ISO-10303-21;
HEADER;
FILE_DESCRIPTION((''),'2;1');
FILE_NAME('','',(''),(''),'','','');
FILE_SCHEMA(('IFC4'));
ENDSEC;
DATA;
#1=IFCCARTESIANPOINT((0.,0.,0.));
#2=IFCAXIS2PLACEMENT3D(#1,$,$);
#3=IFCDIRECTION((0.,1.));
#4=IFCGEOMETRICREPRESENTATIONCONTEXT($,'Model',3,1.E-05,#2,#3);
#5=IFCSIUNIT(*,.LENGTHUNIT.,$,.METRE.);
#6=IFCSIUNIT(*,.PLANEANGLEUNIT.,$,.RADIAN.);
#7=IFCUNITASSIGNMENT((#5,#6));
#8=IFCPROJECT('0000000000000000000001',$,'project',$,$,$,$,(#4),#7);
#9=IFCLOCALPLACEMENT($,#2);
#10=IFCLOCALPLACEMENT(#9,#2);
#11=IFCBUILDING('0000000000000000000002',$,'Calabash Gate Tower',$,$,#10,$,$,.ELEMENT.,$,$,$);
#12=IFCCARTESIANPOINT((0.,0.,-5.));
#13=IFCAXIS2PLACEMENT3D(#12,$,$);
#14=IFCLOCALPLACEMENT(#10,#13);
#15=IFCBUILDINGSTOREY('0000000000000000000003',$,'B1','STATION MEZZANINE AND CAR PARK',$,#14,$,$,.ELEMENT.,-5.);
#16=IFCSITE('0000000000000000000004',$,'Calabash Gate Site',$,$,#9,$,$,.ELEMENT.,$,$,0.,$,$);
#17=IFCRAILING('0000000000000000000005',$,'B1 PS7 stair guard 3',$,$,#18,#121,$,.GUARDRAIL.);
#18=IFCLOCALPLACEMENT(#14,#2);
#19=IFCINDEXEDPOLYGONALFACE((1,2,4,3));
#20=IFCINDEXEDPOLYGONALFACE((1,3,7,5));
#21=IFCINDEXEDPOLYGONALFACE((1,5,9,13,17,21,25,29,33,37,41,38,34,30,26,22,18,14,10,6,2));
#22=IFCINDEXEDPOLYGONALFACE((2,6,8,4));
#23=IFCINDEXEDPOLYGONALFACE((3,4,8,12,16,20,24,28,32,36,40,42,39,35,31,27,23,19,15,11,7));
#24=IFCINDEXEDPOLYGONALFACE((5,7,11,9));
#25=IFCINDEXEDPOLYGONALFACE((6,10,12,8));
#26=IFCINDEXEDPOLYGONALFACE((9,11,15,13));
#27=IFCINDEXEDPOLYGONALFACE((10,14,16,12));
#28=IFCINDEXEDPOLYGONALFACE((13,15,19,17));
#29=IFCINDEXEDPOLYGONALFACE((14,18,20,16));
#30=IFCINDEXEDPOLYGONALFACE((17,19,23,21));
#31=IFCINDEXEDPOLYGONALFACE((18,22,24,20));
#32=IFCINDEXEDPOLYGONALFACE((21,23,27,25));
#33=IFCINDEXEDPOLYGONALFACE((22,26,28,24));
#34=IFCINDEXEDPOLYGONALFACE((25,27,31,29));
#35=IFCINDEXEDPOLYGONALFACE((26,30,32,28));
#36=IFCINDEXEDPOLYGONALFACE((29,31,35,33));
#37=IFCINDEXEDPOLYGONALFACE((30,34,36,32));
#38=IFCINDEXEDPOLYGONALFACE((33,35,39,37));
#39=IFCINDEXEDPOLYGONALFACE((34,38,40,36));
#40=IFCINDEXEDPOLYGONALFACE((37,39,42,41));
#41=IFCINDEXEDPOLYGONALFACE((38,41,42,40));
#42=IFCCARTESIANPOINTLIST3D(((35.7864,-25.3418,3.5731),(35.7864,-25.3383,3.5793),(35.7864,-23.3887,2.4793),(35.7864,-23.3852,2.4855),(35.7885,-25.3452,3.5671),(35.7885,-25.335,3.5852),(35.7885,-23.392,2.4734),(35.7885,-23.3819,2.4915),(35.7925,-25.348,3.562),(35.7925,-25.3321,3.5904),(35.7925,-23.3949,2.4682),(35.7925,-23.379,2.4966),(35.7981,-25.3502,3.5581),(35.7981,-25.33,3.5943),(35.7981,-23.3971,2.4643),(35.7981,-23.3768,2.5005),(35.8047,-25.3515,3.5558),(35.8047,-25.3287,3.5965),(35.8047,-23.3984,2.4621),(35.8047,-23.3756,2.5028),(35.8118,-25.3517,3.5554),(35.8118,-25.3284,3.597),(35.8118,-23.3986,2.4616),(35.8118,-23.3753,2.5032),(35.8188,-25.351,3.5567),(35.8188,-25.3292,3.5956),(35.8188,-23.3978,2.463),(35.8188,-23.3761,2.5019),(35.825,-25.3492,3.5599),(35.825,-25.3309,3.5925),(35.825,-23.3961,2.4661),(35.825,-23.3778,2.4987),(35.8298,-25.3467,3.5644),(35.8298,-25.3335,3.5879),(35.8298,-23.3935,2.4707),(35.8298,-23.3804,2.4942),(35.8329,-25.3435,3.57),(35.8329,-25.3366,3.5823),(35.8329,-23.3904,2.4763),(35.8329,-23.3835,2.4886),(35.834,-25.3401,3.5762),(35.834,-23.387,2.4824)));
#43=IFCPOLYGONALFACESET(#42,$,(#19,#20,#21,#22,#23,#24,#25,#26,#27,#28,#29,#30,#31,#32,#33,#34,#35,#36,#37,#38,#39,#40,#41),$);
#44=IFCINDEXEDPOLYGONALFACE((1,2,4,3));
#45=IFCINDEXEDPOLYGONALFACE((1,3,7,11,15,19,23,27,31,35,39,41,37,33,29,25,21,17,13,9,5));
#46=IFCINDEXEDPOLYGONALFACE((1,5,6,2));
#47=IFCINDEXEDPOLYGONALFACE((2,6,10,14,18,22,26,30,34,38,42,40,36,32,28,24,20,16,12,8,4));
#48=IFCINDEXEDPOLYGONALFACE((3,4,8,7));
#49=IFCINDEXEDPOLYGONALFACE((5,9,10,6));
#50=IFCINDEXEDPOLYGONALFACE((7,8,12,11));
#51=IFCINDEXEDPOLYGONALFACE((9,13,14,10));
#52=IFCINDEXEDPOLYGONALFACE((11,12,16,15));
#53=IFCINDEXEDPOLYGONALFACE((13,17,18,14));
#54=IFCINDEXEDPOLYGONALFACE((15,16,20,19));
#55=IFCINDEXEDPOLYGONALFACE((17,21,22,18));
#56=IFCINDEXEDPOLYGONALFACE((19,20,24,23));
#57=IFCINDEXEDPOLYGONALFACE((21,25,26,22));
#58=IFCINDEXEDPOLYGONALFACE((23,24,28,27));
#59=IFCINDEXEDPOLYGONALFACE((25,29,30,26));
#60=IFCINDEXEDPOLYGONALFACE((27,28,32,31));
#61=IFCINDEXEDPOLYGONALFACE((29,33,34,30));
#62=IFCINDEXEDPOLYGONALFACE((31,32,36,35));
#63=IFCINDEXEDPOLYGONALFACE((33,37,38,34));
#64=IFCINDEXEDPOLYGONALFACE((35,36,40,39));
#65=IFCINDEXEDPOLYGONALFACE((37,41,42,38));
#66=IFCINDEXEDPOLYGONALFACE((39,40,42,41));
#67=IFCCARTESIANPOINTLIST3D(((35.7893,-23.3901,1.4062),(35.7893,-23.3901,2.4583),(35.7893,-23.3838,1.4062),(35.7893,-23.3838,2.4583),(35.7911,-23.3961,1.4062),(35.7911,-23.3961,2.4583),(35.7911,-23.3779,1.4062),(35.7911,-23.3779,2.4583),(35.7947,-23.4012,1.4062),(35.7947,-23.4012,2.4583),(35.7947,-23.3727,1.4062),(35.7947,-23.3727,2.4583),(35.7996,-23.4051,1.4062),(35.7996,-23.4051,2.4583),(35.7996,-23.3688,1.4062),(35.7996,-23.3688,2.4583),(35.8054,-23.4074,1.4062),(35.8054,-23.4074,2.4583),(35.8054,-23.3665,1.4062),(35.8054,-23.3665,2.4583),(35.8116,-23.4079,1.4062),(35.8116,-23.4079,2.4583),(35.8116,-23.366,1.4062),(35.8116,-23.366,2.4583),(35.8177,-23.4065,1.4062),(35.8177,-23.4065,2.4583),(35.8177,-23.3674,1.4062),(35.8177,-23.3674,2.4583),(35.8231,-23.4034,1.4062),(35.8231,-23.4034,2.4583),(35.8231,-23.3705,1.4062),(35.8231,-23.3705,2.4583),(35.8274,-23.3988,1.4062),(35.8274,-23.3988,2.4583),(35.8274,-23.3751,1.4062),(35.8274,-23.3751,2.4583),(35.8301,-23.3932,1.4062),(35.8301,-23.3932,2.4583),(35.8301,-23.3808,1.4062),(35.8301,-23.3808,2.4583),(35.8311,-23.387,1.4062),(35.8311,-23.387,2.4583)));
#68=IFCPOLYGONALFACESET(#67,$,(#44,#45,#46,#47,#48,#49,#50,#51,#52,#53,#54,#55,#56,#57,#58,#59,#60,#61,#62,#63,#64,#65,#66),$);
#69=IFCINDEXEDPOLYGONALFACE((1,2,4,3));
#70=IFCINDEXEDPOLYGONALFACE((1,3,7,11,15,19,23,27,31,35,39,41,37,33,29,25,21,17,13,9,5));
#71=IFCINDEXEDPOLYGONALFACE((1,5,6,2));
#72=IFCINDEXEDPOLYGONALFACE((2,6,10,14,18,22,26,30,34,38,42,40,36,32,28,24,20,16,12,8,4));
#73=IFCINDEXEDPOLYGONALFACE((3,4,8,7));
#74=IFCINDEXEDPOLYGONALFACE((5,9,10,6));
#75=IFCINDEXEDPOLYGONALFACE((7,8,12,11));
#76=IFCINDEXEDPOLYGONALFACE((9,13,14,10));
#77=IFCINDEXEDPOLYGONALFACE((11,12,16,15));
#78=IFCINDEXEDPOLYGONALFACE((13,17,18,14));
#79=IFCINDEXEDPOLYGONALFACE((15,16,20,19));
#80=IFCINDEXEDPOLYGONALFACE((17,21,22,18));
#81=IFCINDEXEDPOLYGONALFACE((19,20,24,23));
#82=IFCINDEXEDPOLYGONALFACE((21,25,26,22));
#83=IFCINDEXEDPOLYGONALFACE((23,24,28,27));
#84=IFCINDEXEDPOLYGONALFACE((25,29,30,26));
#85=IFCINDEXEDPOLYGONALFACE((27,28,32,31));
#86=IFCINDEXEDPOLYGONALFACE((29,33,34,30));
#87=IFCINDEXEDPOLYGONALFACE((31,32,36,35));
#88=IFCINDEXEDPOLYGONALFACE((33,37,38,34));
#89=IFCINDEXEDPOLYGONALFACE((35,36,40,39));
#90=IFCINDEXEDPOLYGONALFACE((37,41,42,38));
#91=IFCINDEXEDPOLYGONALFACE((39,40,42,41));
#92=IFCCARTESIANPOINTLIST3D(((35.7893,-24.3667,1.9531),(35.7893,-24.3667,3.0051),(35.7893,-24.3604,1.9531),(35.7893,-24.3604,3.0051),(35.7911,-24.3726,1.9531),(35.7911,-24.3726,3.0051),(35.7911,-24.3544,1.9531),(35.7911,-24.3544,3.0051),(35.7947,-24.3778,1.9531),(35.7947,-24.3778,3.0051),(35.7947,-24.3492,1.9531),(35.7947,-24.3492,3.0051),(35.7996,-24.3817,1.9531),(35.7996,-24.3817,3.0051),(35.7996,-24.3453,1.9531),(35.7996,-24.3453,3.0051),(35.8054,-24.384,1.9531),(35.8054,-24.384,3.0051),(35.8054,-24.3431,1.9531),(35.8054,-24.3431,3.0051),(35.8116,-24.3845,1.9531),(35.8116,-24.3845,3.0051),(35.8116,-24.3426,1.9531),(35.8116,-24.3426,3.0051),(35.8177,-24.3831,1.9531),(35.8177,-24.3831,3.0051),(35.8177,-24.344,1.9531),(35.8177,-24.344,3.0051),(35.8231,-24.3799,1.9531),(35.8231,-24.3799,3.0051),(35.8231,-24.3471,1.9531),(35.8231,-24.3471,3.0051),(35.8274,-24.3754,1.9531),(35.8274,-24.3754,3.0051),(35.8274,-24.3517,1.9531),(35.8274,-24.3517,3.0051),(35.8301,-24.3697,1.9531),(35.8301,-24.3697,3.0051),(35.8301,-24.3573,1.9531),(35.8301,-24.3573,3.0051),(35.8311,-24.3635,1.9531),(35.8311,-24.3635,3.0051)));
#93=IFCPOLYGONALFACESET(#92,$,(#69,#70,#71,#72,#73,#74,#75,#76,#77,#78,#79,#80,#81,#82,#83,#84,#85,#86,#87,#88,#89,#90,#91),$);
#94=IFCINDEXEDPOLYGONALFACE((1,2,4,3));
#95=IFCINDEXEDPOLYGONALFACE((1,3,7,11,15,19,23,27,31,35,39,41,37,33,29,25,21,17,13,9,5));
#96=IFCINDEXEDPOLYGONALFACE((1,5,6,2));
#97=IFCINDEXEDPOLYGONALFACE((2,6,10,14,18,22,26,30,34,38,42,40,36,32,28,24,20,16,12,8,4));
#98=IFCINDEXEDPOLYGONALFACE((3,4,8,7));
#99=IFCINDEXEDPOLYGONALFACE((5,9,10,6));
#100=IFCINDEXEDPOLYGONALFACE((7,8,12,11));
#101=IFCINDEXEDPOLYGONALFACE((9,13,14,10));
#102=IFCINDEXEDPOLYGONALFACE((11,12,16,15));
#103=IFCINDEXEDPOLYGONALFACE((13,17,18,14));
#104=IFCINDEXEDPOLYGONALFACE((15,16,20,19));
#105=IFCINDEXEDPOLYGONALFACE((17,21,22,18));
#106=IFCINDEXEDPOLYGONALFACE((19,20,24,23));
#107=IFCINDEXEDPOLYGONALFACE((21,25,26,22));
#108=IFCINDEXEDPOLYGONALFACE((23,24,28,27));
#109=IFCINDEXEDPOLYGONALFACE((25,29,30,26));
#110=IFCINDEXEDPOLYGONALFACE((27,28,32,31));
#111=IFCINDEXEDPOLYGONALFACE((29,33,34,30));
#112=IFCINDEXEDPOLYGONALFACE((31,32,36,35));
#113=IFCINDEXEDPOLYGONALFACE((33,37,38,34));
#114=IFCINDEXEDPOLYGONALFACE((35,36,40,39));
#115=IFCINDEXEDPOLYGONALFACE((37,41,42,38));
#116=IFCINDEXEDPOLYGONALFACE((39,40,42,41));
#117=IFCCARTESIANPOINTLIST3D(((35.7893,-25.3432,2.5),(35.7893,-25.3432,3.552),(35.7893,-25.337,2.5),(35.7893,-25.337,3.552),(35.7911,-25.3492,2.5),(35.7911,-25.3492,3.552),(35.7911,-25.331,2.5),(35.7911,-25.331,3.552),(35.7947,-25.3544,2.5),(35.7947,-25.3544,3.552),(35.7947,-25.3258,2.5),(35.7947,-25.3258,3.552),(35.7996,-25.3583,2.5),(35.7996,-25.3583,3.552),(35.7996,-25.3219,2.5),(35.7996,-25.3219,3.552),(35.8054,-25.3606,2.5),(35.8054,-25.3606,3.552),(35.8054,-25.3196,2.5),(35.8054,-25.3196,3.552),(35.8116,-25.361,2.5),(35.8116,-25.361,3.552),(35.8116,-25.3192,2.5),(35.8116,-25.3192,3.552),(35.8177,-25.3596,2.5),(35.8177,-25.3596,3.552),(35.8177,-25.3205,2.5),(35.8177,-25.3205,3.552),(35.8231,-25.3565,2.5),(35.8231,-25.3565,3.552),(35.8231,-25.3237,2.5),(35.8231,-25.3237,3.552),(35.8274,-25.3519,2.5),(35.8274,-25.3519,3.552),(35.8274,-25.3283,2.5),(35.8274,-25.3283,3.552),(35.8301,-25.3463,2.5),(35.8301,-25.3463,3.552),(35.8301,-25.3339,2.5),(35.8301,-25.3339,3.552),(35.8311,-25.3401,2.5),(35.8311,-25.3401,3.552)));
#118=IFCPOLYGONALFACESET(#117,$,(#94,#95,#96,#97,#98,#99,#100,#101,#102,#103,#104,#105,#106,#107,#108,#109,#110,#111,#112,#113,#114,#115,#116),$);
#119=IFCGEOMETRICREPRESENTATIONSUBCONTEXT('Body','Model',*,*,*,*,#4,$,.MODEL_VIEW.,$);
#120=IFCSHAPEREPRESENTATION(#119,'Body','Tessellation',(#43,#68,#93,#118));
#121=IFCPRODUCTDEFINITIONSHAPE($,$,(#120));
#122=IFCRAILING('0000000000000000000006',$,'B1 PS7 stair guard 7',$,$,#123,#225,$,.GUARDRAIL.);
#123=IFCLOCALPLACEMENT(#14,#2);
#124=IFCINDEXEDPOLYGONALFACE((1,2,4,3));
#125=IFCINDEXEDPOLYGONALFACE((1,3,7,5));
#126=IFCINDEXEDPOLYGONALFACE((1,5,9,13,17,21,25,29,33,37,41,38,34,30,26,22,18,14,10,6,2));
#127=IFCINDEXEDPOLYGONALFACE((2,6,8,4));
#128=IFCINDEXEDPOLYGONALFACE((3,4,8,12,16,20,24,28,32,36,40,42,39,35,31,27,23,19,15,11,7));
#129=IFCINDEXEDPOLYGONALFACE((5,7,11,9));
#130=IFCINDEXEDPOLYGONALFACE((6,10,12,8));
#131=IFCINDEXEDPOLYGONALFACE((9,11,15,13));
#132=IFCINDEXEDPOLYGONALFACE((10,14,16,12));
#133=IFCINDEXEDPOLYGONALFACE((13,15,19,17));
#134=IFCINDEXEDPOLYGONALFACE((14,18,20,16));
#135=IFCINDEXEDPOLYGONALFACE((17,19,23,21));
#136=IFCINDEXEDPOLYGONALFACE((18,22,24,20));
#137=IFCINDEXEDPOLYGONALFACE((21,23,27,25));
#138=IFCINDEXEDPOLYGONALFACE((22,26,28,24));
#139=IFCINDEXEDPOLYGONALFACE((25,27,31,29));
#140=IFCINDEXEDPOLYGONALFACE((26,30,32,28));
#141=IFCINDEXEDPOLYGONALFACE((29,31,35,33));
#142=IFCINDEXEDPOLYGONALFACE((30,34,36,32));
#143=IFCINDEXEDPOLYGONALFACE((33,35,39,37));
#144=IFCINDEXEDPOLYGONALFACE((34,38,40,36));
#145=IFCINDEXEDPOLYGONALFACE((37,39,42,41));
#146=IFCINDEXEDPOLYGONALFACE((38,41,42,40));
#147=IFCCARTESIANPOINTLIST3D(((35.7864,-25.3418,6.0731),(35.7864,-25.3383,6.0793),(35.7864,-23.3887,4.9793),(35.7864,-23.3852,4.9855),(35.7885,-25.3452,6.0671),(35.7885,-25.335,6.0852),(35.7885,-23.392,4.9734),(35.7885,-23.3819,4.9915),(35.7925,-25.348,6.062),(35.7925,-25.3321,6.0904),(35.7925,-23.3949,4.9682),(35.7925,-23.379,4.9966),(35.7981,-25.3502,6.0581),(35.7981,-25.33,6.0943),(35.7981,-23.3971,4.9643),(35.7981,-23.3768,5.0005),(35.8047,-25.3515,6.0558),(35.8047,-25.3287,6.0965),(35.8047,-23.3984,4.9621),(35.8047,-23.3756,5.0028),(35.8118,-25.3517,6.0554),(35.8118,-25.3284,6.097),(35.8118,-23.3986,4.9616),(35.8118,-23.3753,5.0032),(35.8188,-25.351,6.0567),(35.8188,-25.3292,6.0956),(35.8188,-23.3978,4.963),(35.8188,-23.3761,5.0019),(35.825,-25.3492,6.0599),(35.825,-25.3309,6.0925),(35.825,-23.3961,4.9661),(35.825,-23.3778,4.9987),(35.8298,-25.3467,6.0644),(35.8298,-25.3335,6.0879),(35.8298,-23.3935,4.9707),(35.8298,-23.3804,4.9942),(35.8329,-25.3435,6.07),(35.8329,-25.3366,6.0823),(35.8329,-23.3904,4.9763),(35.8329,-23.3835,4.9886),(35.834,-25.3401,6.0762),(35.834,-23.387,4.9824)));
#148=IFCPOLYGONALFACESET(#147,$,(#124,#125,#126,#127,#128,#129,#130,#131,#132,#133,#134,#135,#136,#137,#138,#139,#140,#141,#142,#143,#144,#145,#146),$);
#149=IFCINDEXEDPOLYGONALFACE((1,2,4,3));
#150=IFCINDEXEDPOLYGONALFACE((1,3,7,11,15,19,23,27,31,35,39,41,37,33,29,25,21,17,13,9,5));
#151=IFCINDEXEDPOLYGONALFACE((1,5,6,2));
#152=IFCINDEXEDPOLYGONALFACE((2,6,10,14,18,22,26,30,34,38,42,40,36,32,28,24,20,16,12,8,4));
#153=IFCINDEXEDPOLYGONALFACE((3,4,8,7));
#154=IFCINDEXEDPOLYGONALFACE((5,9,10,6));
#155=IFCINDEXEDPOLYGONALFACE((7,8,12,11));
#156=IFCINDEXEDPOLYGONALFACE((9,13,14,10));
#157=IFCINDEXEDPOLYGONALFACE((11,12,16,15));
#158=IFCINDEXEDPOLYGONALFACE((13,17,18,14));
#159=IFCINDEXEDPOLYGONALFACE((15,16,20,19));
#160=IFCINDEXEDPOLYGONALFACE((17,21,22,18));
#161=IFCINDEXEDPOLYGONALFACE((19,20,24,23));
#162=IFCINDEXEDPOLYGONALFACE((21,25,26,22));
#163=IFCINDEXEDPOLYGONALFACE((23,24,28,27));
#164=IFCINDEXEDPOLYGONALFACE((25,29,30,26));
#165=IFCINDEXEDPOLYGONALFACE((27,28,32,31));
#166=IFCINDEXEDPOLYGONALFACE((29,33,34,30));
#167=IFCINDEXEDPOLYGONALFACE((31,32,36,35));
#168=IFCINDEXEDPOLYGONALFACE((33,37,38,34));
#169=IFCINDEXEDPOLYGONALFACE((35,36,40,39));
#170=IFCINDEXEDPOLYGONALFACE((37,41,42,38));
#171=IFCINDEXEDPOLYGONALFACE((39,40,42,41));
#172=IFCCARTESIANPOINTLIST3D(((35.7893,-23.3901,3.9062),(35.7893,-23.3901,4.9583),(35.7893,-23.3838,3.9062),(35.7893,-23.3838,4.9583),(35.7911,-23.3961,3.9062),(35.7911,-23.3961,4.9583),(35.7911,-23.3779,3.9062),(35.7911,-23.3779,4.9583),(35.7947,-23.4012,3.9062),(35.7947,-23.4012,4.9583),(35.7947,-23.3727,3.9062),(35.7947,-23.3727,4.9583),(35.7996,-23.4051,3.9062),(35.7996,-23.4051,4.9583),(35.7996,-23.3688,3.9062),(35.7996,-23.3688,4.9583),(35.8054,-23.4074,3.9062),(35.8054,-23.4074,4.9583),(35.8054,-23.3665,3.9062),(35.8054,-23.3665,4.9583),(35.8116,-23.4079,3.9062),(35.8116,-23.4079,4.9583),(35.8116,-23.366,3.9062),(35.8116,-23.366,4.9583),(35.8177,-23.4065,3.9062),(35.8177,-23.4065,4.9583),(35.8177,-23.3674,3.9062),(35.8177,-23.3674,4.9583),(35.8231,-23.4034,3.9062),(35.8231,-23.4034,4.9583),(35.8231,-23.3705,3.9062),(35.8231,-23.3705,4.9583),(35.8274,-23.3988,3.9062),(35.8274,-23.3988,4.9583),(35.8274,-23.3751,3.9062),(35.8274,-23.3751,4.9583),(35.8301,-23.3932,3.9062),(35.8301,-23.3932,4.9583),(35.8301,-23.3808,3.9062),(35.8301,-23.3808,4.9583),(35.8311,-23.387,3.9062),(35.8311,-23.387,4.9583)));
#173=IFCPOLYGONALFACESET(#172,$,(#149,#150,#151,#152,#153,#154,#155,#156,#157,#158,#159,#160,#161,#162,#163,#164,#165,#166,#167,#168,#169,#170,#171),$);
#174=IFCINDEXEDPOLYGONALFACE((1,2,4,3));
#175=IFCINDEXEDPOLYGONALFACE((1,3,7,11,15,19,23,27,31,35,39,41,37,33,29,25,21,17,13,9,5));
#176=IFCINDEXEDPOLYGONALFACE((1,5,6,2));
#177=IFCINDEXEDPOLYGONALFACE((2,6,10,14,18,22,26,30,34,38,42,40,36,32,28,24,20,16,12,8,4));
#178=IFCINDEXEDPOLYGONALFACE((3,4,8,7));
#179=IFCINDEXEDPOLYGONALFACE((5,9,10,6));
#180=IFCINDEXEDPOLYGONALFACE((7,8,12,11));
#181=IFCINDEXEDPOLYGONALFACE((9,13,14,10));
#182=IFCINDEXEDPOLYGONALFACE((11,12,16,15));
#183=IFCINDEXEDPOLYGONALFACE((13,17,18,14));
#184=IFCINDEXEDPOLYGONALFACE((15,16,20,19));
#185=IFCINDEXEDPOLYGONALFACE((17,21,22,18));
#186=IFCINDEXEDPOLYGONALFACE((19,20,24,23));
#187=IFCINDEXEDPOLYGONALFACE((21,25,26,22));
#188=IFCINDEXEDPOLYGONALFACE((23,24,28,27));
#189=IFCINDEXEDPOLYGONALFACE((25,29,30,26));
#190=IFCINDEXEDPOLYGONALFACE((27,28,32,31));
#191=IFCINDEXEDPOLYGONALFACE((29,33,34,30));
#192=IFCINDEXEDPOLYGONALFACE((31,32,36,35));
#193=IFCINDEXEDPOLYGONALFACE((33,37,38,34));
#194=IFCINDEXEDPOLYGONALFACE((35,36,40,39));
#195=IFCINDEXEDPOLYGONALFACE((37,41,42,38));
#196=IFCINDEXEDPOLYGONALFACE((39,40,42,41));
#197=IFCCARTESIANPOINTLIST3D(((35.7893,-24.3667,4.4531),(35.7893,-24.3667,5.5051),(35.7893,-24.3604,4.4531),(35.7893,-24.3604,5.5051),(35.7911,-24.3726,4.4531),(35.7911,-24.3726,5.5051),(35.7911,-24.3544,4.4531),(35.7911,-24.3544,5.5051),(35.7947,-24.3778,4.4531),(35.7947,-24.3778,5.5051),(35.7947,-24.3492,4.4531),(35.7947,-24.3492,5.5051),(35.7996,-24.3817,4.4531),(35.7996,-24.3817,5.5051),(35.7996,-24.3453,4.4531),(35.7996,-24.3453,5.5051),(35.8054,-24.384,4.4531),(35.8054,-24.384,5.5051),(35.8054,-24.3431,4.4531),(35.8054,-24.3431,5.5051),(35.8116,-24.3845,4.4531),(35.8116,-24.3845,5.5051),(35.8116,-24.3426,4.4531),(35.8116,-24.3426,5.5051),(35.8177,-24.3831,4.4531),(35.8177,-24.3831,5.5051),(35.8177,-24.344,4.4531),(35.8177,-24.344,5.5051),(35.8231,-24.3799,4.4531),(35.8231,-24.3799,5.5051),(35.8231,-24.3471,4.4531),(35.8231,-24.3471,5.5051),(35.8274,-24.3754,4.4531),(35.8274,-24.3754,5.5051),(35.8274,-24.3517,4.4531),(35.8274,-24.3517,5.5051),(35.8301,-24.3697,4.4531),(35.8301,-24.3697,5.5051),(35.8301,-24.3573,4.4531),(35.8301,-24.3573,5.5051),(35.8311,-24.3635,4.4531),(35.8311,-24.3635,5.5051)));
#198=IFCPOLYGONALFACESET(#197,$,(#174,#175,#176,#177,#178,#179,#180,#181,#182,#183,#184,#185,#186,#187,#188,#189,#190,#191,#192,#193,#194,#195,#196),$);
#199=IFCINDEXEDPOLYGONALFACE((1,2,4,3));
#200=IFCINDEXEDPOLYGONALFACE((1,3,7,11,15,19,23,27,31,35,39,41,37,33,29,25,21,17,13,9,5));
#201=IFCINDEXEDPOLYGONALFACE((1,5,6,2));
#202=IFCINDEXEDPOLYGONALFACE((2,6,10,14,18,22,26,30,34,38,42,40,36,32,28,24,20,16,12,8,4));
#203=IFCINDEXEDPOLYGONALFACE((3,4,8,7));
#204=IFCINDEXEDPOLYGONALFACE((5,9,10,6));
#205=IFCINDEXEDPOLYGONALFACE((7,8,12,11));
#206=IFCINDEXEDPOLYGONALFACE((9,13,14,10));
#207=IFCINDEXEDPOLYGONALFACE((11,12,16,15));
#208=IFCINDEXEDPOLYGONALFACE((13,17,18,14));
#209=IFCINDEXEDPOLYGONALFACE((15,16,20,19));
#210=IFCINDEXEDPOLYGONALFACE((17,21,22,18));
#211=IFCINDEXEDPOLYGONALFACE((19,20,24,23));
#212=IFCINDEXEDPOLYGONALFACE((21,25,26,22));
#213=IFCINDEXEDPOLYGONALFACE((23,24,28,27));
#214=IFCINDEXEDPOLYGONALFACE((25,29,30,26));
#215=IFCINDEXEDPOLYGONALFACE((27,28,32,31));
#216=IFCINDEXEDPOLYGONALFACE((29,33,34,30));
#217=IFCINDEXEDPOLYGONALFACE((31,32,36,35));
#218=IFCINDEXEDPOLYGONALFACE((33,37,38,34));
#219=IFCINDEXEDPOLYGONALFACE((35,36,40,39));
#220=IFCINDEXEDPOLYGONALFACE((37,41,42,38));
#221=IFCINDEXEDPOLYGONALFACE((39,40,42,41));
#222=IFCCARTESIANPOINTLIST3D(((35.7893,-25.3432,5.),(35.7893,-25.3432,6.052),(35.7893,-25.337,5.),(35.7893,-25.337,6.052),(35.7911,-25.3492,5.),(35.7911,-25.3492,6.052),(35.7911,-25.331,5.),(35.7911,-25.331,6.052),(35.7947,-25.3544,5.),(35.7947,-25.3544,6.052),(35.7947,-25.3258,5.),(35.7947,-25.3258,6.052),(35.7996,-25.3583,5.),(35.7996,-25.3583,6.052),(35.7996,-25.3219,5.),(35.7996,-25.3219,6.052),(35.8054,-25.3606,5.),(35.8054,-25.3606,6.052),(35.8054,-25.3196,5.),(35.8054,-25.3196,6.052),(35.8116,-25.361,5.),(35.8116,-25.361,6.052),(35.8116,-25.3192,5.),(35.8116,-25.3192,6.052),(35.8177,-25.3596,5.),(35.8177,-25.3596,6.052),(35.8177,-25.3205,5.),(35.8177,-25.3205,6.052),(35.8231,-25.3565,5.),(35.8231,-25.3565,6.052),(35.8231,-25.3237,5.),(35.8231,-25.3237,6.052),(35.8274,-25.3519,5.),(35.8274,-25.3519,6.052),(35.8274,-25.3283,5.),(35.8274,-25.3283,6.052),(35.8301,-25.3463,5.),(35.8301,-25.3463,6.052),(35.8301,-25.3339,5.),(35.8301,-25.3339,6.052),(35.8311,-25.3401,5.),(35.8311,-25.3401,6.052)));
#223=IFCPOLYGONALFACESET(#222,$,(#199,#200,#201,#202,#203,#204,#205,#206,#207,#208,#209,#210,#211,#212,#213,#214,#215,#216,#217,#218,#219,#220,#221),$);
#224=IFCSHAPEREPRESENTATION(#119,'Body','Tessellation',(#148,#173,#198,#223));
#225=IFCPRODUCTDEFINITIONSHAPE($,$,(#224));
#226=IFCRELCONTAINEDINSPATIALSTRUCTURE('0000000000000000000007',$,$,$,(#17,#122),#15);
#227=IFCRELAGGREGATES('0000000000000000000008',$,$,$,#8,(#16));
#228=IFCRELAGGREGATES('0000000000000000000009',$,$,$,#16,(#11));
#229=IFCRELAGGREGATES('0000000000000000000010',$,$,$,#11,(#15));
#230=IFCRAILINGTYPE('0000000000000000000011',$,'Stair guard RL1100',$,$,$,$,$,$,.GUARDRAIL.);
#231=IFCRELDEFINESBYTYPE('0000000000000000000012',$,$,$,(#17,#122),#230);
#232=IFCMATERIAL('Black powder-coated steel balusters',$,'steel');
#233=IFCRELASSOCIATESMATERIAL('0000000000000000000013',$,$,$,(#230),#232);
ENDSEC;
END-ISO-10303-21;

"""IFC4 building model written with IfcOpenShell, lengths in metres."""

from ifc_helpers import new_model, si_unit, direction, frame, origin, origin_2d, place, context, subcontext, project, spatial, circle, extrude, material, type_object, element, save


model = new_model("IFC4")

# Units and contexts
model_context = context("Model", 3, precision=1e-05, world=origin(), true_north=direction((0.0, 1.0)))
body_context = subcontext(model_context, "Body", "Model", "MODEL_VIEW")
ifc_project = project(units=[si_unit("LENGTHUNIT", "METRE"), si_unit("PLANEANGLEUNIT", "RADIAN")], contexts=[model_context])

# Site, building, storey
site_placement = place(None, origin())
site = spatial("IfcSite", under=ifc_project, at=site_placement, Name="Calabash Gate Site", CompositionType="ELEMENT", RefElevation=0.0)
building_placement = place(site_placement, origin())
building = spatial("IfcBuilding", under=site, at=building_placement, Name="Calabash Gate Tower", CompositionType="ELEMENT")
storey_placement = place(building_placement, frame((0.0, 0.0, -5.0)))
storey = spatial("IfcBuildingStorey", under=building, at=storey_placement, Name="B1", Description="STATION MEZZANINE AND CAR PARK", CompositionType="ELEMENT", Elevation=-5.0)

# Railings
ifc_material_1 = material(Name="Black powder-coated steel balusters", Category="steel")
railing_type_1 = type_object("IfcRailingType", Name="Stair guard RL1100", PredefinedType="GUARDRAIL", material=ifc_material_1)
for number, where, name in (
    (1, (35.8101, -23.387, 1.4062), "B1 PS7 stair guard 3"),
    (2, (35.8101, -23.387, 3.9062), "B1 PS7 stair guard 7"),
):
    element("IfcRailing", number, at=place(storey_placement, frame(where)), inside=storey, type_object=railing_type_1, Name=name, PredefinedType="GUARDRAIL", context=body_context, shape_type="SweptSolid", body=[
        extrude(circle(Radius=0.0239, at=origin_2d()), frame((0.0, 0.0, 1.0762), z_axis=(0.0, -0.872506, 0.488603), x_axis=(1.0, 0.0, 0.0)), (0.0, 0.0, 1.0), 2.2385),
        extrude(circle(Radius=0.021, at=origin_2d()), origin(), (0.0, 0.0, 1.0), 1.052),
        extrude(circle(Radius=0.021, at=origin_2d()), frame((0.0, -0.9766, 0.5469)), (0.0, 0.0, 1.0), 1.052),
        extrude(circle(Radius=0.021, at=origin_2d()), frame((0.0, -1.9531, 1.0938)), (0.0, 0.0, 1.0), 1.052),
    ])

save(model, "model.ifc")
